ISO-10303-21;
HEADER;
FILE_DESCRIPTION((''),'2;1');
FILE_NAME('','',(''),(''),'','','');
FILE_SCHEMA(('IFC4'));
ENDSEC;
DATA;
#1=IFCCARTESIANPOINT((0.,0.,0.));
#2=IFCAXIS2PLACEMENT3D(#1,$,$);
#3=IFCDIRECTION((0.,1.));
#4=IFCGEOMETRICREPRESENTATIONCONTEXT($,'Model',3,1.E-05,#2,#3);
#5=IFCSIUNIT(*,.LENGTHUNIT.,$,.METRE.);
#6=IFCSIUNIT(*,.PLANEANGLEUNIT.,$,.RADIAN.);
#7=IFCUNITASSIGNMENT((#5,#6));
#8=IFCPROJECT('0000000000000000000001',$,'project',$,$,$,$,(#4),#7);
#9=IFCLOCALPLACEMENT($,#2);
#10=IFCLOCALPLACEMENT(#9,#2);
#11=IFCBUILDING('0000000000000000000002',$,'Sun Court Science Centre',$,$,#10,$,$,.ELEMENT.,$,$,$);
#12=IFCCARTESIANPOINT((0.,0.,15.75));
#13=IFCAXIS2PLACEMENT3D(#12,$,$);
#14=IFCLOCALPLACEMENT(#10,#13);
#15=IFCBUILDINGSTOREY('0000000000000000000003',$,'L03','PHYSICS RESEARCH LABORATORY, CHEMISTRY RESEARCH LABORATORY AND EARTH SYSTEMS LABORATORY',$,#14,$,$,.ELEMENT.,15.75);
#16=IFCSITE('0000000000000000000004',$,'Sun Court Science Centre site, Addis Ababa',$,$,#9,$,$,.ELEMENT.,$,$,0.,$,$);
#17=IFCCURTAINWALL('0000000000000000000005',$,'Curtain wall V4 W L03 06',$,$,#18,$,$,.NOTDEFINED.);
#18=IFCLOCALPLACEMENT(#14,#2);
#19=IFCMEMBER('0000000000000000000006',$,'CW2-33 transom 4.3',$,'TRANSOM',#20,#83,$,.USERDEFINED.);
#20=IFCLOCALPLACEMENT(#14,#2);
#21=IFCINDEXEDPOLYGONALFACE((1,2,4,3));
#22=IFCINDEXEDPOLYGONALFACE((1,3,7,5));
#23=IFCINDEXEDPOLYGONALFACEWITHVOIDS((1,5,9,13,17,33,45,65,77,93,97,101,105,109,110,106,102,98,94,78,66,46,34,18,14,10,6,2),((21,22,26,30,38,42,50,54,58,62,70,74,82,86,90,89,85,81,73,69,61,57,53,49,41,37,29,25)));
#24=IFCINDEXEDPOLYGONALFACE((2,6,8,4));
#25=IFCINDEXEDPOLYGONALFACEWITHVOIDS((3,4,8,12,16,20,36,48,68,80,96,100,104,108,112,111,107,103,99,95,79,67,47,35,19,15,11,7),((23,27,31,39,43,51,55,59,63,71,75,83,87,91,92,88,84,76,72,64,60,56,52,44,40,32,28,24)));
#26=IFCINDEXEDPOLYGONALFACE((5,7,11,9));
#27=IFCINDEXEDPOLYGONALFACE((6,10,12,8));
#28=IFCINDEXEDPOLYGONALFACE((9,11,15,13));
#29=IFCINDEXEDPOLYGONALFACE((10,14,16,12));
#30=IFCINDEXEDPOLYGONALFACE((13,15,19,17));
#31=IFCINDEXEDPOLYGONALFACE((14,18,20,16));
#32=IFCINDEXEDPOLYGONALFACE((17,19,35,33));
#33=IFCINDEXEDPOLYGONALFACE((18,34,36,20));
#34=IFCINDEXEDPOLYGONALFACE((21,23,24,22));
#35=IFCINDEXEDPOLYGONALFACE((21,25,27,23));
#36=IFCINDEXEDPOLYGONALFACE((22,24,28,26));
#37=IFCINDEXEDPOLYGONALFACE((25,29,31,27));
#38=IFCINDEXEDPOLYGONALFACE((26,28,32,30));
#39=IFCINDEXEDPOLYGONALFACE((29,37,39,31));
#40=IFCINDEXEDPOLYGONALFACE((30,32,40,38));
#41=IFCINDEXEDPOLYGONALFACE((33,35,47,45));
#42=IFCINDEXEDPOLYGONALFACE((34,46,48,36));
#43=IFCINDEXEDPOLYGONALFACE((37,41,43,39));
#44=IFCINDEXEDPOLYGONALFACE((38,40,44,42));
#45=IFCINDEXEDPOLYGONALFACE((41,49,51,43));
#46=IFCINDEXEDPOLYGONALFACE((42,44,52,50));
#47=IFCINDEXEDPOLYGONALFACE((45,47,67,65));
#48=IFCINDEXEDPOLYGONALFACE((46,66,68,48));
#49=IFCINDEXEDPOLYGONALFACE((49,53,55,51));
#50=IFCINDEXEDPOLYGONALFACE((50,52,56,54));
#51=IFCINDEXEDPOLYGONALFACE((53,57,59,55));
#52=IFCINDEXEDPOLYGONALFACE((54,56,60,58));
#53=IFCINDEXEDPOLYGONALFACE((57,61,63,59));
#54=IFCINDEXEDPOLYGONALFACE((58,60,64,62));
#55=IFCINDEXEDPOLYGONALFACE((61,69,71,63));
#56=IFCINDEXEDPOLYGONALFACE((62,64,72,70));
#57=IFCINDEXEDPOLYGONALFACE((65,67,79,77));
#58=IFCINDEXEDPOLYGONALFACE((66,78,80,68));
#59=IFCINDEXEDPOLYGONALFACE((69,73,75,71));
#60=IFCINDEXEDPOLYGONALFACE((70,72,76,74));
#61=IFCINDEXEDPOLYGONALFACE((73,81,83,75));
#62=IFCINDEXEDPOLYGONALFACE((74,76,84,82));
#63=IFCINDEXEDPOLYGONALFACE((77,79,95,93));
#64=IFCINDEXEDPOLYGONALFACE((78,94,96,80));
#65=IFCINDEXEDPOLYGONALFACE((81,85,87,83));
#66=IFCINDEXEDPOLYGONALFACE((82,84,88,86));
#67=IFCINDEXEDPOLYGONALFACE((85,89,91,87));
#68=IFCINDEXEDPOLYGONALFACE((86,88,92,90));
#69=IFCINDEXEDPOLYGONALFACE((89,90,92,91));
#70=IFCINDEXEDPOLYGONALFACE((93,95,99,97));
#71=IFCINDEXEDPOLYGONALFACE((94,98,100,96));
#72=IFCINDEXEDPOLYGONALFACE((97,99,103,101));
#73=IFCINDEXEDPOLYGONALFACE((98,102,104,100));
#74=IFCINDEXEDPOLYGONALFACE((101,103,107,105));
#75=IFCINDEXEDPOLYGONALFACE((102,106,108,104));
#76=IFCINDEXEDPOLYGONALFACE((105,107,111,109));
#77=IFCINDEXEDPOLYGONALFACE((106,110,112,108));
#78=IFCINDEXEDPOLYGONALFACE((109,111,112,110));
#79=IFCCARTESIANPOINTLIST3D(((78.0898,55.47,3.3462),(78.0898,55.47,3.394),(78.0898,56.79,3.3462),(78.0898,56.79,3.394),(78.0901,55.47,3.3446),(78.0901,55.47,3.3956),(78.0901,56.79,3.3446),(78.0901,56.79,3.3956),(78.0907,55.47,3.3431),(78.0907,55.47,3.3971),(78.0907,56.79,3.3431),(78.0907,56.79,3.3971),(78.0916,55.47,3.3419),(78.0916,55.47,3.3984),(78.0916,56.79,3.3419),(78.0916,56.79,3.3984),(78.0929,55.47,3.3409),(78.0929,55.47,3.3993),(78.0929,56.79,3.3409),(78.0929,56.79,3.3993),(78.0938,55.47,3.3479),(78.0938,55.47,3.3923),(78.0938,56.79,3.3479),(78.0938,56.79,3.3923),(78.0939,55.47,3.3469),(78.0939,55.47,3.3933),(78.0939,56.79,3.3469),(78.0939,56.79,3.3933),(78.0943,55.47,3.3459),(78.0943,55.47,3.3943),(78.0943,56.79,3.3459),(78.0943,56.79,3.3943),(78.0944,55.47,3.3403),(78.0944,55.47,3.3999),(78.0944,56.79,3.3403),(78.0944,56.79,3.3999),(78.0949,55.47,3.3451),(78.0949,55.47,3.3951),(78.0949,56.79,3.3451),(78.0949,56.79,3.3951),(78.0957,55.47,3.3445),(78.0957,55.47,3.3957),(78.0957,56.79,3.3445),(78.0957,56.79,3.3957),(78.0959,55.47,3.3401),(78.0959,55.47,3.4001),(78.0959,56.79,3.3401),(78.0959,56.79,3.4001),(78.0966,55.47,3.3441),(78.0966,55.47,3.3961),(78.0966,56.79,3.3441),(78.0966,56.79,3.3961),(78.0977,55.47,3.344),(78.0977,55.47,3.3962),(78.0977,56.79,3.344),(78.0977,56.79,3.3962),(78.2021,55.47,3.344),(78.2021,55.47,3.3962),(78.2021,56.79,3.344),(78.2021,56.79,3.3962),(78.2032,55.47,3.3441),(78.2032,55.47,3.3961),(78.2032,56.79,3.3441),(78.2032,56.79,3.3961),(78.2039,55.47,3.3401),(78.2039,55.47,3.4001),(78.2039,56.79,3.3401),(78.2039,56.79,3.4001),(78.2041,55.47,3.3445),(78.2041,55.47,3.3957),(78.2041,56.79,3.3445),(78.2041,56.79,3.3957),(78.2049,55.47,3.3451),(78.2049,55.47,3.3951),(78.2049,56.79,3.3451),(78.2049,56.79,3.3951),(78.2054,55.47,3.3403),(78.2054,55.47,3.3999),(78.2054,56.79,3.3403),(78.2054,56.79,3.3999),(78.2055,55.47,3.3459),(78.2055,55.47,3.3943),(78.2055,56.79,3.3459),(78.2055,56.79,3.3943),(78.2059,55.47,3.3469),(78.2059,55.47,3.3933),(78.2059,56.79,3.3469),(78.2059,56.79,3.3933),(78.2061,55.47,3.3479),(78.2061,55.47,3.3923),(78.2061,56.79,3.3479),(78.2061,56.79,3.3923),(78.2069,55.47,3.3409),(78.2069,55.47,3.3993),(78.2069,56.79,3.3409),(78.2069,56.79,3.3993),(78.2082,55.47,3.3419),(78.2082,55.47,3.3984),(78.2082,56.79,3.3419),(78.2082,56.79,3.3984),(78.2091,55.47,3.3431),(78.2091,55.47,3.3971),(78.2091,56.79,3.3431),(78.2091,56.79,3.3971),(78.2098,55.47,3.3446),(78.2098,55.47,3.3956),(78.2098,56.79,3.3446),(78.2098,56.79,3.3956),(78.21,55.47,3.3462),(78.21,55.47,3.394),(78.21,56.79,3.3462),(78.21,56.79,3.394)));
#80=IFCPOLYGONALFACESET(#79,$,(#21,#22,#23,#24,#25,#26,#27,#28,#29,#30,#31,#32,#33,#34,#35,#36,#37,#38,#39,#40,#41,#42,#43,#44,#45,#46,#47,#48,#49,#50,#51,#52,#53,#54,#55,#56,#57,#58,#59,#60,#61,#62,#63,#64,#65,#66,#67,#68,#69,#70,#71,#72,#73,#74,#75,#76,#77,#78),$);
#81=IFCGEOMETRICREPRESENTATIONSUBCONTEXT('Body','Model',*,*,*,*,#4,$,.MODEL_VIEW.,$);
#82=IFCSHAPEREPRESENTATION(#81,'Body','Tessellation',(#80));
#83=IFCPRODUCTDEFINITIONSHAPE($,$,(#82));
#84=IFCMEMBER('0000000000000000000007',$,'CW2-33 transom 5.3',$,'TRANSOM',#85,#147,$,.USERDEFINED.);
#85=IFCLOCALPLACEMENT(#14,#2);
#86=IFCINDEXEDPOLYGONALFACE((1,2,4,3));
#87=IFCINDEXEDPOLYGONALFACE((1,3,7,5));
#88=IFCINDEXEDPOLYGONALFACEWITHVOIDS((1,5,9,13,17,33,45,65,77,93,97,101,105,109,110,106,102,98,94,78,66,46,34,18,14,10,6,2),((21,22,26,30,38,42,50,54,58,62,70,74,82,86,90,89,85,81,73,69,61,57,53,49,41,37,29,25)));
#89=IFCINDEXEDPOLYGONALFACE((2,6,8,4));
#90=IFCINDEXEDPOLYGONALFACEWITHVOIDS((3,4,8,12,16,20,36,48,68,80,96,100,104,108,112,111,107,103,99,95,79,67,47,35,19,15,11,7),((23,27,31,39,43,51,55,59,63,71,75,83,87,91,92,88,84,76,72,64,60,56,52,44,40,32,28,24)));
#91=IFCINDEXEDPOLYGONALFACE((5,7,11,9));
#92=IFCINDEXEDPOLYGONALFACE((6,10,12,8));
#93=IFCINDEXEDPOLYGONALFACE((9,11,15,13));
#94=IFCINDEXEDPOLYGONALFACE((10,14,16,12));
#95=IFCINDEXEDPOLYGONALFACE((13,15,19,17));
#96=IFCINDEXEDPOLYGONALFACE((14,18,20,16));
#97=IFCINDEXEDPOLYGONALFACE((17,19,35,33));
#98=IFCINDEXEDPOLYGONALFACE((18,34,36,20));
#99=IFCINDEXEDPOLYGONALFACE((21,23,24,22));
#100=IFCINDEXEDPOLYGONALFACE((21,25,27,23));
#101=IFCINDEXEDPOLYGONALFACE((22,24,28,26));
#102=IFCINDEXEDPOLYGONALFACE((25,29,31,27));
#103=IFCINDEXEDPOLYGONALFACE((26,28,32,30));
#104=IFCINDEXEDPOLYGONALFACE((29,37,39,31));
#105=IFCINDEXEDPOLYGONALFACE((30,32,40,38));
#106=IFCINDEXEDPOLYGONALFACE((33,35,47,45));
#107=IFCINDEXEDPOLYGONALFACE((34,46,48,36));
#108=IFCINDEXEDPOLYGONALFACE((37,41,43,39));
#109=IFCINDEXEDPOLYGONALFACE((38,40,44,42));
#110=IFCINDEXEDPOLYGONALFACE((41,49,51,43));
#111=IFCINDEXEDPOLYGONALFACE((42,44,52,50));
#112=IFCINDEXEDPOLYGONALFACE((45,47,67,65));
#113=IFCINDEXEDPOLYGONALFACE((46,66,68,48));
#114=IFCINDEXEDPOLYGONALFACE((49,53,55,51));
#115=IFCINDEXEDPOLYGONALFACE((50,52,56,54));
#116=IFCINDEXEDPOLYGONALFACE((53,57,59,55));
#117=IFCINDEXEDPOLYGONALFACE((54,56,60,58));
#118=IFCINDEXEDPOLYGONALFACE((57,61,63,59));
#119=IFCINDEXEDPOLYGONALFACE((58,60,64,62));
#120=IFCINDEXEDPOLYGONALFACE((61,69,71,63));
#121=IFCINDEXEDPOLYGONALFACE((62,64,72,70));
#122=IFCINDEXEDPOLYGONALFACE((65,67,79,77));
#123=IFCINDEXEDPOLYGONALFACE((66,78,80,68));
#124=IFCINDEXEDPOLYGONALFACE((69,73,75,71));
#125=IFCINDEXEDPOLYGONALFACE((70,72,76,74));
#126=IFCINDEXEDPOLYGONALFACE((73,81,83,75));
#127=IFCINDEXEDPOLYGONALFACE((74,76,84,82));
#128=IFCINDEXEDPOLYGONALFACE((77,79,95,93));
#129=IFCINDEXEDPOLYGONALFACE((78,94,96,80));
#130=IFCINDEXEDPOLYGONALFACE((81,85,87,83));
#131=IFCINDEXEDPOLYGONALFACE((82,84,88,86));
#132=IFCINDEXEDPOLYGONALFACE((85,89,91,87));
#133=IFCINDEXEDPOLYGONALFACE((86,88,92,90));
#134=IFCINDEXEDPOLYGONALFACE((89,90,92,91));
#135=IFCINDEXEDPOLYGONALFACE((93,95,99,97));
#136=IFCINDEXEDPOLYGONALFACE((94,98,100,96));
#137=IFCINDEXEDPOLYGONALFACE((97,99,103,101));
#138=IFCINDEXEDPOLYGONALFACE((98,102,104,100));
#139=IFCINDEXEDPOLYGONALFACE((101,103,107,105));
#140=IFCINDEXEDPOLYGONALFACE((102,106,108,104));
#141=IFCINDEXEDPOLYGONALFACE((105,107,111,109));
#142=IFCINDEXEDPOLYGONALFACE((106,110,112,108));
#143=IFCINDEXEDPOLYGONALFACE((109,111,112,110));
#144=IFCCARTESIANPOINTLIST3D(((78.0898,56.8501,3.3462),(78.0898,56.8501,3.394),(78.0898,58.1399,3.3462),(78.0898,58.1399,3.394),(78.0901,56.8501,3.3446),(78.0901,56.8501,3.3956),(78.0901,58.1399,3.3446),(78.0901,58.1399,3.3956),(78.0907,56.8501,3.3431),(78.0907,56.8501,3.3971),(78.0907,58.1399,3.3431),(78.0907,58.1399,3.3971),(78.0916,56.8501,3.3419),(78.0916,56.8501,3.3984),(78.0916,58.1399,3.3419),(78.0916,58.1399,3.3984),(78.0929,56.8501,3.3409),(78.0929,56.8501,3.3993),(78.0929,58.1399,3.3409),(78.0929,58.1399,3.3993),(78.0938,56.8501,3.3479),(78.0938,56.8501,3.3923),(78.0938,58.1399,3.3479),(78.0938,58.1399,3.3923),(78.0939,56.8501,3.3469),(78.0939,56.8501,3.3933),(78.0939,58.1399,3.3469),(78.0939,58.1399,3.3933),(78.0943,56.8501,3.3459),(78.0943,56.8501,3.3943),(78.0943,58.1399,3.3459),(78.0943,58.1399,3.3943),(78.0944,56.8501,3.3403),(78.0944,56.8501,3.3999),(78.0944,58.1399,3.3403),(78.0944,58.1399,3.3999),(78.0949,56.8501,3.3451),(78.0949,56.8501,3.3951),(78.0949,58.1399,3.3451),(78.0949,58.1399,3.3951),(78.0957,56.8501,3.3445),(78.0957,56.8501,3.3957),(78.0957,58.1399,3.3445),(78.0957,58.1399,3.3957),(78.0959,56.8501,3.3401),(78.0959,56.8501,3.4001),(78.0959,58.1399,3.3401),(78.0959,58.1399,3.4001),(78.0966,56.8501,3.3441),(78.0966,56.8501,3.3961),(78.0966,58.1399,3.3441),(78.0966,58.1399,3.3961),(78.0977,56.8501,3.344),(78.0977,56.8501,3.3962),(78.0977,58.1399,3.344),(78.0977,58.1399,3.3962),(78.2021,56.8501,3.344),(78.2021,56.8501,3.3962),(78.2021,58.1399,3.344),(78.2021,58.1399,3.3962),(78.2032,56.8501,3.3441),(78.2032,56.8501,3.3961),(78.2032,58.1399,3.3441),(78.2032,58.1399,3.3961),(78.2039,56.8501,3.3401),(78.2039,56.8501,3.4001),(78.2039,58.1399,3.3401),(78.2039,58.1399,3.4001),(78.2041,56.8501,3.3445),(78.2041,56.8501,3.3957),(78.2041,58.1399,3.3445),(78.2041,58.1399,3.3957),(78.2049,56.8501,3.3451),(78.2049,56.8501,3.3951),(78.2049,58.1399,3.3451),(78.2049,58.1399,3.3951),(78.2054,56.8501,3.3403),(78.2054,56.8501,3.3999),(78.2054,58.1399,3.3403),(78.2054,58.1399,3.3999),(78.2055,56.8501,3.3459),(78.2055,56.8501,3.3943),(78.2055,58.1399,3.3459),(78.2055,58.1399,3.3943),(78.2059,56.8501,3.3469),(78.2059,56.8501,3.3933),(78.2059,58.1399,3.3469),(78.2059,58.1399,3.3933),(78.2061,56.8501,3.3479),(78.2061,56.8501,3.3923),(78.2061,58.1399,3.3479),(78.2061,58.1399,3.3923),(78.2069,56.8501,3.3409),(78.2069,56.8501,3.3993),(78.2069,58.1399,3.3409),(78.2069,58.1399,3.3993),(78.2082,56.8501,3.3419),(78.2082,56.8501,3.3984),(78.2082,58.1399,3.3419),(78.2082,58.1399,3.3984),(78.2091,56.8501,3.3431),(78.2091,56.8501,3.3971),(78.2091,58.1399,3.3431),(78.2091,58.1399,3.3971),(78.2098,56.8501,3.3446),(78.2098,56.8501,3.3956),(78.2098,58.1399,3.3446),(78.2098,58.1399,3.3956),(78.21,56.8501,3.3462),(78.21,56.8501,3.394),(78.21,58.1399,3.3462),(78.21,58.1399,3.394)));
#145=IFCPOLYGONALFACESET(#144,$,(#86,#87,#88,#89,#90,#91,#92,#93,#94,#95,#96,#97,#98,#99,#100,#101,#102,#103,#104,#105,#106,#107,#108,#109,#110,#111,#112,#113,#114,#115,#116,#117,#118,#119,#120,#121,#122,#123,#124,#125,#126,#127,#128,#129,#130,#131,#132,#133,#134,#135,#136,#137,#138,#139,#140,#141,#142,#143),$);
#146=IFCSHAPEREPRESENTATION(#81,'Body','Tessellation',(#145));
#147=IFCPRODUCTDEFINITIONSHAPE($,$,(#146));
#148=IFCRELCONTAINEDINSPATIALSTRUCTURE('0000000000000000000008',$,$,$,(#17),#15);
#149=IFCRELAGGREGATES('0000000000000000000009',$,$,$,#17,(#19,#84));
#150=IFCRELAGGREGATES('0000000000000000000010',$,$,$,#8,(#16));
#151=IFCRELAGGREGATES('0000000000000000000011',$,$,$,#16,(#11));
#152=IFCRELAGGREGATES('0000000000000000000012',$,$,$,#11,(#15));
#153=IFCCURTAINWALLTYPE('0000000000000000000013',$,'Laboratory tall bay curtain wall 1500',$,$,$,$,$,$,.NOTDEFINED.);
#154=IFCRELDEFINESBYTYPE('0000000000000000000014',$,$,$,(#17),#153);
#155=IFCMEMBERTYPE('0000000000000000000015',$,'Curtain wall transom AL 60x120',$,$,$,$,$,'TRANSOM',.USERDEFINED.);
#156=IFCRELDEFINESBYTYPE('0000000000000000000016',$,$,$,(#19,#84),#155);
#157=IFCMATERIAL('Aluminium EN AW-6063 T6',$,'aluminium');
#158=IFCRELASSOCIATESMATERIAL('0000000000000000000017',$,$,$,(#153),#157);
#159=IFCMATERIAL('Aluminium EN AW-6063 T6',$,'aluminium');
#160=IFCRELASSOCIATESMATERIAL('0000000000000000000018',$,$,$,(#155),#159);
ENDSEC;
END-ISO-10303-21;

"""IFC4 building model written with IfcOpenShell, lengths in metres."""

from ifc_helpers import new_model, si_unit, direction, frame, origin, origin_2d, place, context, subcontext, project, spatial, hollow_rectangle, extrude, material, material_profile, profile_set, type_object, element, aggregate, save


model = new_model("IFC4")

# Units and contexts
model_context = context("Model", 3, precision=1e-05, world=origin(), true_north=direction((0.0, 1.0)))
body_context = subcontext(model_context, "Body", "Model", "MODEL_VIEW")
ifc_project = project(units=[si_unit("LENGTHUNIT", "METRE"), si_unit("PLANEANGLEUNIT", "RADIAN")], contexts=[model_context])

# Site, building, storey
site_placement = place(None, origin())
site = spatial("IfcSite", under=ifc_project, at=site_placement, Name="Sun Court Science Centre site, Addis Ababa", CompositionType="ELEMENT", RefElevation=0.0)
building_placement = place(site_placement, origin())
building = spatial("IfcBuilding", under=site, at=building_placement, Name="Sun Court Science Centre", CompositionType="ELEMENT")
storey_placement = place(building_placement, frame((0.0, 0.0, 15.75)))
storey = spatial("IfcBuildingStorey", under=building, at=storey_placement, Name="L03", Description="PHYSICS RESEARCH LABORATORY, CHEMISTRY RESEARCH LABORATORY AND EARTH SYSTEMS LABORATORY", CompositionType="ELEMENT", Elevation=15.75)

# Curtain wall
ifc_material_1 = material(Name="Aluminium EN AW-6063 T6", Category="aluminium")
curtain_wall_type = type_object("IfcCurtainWallType", Name="Laboratory tall bay curtain wall 1500", PredefinedType="NOTDEFINED", material=ifc_material_1)
curtain_wall_1_placement = place(storey_placement, origin())
curtain_wall_1 = element("IfcCurtainWall", 1, at=curtain_wall_1_placement, inside=storey, type_object=curtain_wall_type, Name="Curtain wall V4 W L03 06", PredefinedType="NOTDEFINED")

# Members
ifc_material_2 = material(Name="Aluminium EN AW-6063 T6", Category="aluminium")
ifc_material_profile_1 = material_profile(ifc_material_2, hollow_rectangle(XDim=0.0601, YDim=0.1201, WallThickness=0.0039, InnerFilletRadius=0.0039, OuterFilletRadius=0.0061, at=origin_2d()), Name="AL 60x120x4")
ifc_profile_set_1 = profile_set([ifc_material_profile_1], Name="Aluminium EN AW-6063 T6")
member_type_1 = type_object("IfcMemberType", Name="Curtain wall transom AL 60x120", ElementType="TRANSOM", PredefinedType="USERDEFINED", material=ifc_profile_set_1)
member_1_placement = place(storey_placement, frame((78.1499, 55.47, 3.3701), z_axis=(0.0, 1.0, 0.0), x_axis=(0.0, 0.0, 1.0)))
member_1 = element("IfcMember", 2, at=member_1_placement, type_object=member_type_1, Name="CW2-33 transom 4.3", ObjectType="TRANSOM", PredefinedType="USERDEFINED", context=body_context, shape_type="SweptSolid", body=[
    extrude(hollow_rectangle(XDim=0.0601, YDim=0.1201, WallThickness=0.0039, InnerFilletRadius=0.0039, OuterFilletRadius=0.0061, at=origin_2d()), origin(), (0.0, 0.0, 1.0), 1.3201),
])
member_2_placement = place(storey_placement, frame((78.1499, 56.8501, 3.3701), z_axis=(0.0, 1.0, 0.0), x_axis=(0.0, 0.0, 1.0)))
member_2 = element("IfcMember", 3, at=member_2_placement, type_object=member_type_1, Name="CW2-33 transom 5.3", ObjectType="TRANSOM", PredefinedType="USERDEFINED", context=body_context, shape_type="SweptSolid", body=[
    extrude(hollow_rectangle(XDim=0.0601, YDim=0.1201, WallThickness=0.0039, InnerFilletRadius=0.0039, OuterFilletRadius=0.0061, at=origin_2d()), origin(), (0.0, 0.0, 1.0), 1.2898),
])

aggregate(curtain_wall_1, [member_1, member_2])

save(model, "model.ifc")
